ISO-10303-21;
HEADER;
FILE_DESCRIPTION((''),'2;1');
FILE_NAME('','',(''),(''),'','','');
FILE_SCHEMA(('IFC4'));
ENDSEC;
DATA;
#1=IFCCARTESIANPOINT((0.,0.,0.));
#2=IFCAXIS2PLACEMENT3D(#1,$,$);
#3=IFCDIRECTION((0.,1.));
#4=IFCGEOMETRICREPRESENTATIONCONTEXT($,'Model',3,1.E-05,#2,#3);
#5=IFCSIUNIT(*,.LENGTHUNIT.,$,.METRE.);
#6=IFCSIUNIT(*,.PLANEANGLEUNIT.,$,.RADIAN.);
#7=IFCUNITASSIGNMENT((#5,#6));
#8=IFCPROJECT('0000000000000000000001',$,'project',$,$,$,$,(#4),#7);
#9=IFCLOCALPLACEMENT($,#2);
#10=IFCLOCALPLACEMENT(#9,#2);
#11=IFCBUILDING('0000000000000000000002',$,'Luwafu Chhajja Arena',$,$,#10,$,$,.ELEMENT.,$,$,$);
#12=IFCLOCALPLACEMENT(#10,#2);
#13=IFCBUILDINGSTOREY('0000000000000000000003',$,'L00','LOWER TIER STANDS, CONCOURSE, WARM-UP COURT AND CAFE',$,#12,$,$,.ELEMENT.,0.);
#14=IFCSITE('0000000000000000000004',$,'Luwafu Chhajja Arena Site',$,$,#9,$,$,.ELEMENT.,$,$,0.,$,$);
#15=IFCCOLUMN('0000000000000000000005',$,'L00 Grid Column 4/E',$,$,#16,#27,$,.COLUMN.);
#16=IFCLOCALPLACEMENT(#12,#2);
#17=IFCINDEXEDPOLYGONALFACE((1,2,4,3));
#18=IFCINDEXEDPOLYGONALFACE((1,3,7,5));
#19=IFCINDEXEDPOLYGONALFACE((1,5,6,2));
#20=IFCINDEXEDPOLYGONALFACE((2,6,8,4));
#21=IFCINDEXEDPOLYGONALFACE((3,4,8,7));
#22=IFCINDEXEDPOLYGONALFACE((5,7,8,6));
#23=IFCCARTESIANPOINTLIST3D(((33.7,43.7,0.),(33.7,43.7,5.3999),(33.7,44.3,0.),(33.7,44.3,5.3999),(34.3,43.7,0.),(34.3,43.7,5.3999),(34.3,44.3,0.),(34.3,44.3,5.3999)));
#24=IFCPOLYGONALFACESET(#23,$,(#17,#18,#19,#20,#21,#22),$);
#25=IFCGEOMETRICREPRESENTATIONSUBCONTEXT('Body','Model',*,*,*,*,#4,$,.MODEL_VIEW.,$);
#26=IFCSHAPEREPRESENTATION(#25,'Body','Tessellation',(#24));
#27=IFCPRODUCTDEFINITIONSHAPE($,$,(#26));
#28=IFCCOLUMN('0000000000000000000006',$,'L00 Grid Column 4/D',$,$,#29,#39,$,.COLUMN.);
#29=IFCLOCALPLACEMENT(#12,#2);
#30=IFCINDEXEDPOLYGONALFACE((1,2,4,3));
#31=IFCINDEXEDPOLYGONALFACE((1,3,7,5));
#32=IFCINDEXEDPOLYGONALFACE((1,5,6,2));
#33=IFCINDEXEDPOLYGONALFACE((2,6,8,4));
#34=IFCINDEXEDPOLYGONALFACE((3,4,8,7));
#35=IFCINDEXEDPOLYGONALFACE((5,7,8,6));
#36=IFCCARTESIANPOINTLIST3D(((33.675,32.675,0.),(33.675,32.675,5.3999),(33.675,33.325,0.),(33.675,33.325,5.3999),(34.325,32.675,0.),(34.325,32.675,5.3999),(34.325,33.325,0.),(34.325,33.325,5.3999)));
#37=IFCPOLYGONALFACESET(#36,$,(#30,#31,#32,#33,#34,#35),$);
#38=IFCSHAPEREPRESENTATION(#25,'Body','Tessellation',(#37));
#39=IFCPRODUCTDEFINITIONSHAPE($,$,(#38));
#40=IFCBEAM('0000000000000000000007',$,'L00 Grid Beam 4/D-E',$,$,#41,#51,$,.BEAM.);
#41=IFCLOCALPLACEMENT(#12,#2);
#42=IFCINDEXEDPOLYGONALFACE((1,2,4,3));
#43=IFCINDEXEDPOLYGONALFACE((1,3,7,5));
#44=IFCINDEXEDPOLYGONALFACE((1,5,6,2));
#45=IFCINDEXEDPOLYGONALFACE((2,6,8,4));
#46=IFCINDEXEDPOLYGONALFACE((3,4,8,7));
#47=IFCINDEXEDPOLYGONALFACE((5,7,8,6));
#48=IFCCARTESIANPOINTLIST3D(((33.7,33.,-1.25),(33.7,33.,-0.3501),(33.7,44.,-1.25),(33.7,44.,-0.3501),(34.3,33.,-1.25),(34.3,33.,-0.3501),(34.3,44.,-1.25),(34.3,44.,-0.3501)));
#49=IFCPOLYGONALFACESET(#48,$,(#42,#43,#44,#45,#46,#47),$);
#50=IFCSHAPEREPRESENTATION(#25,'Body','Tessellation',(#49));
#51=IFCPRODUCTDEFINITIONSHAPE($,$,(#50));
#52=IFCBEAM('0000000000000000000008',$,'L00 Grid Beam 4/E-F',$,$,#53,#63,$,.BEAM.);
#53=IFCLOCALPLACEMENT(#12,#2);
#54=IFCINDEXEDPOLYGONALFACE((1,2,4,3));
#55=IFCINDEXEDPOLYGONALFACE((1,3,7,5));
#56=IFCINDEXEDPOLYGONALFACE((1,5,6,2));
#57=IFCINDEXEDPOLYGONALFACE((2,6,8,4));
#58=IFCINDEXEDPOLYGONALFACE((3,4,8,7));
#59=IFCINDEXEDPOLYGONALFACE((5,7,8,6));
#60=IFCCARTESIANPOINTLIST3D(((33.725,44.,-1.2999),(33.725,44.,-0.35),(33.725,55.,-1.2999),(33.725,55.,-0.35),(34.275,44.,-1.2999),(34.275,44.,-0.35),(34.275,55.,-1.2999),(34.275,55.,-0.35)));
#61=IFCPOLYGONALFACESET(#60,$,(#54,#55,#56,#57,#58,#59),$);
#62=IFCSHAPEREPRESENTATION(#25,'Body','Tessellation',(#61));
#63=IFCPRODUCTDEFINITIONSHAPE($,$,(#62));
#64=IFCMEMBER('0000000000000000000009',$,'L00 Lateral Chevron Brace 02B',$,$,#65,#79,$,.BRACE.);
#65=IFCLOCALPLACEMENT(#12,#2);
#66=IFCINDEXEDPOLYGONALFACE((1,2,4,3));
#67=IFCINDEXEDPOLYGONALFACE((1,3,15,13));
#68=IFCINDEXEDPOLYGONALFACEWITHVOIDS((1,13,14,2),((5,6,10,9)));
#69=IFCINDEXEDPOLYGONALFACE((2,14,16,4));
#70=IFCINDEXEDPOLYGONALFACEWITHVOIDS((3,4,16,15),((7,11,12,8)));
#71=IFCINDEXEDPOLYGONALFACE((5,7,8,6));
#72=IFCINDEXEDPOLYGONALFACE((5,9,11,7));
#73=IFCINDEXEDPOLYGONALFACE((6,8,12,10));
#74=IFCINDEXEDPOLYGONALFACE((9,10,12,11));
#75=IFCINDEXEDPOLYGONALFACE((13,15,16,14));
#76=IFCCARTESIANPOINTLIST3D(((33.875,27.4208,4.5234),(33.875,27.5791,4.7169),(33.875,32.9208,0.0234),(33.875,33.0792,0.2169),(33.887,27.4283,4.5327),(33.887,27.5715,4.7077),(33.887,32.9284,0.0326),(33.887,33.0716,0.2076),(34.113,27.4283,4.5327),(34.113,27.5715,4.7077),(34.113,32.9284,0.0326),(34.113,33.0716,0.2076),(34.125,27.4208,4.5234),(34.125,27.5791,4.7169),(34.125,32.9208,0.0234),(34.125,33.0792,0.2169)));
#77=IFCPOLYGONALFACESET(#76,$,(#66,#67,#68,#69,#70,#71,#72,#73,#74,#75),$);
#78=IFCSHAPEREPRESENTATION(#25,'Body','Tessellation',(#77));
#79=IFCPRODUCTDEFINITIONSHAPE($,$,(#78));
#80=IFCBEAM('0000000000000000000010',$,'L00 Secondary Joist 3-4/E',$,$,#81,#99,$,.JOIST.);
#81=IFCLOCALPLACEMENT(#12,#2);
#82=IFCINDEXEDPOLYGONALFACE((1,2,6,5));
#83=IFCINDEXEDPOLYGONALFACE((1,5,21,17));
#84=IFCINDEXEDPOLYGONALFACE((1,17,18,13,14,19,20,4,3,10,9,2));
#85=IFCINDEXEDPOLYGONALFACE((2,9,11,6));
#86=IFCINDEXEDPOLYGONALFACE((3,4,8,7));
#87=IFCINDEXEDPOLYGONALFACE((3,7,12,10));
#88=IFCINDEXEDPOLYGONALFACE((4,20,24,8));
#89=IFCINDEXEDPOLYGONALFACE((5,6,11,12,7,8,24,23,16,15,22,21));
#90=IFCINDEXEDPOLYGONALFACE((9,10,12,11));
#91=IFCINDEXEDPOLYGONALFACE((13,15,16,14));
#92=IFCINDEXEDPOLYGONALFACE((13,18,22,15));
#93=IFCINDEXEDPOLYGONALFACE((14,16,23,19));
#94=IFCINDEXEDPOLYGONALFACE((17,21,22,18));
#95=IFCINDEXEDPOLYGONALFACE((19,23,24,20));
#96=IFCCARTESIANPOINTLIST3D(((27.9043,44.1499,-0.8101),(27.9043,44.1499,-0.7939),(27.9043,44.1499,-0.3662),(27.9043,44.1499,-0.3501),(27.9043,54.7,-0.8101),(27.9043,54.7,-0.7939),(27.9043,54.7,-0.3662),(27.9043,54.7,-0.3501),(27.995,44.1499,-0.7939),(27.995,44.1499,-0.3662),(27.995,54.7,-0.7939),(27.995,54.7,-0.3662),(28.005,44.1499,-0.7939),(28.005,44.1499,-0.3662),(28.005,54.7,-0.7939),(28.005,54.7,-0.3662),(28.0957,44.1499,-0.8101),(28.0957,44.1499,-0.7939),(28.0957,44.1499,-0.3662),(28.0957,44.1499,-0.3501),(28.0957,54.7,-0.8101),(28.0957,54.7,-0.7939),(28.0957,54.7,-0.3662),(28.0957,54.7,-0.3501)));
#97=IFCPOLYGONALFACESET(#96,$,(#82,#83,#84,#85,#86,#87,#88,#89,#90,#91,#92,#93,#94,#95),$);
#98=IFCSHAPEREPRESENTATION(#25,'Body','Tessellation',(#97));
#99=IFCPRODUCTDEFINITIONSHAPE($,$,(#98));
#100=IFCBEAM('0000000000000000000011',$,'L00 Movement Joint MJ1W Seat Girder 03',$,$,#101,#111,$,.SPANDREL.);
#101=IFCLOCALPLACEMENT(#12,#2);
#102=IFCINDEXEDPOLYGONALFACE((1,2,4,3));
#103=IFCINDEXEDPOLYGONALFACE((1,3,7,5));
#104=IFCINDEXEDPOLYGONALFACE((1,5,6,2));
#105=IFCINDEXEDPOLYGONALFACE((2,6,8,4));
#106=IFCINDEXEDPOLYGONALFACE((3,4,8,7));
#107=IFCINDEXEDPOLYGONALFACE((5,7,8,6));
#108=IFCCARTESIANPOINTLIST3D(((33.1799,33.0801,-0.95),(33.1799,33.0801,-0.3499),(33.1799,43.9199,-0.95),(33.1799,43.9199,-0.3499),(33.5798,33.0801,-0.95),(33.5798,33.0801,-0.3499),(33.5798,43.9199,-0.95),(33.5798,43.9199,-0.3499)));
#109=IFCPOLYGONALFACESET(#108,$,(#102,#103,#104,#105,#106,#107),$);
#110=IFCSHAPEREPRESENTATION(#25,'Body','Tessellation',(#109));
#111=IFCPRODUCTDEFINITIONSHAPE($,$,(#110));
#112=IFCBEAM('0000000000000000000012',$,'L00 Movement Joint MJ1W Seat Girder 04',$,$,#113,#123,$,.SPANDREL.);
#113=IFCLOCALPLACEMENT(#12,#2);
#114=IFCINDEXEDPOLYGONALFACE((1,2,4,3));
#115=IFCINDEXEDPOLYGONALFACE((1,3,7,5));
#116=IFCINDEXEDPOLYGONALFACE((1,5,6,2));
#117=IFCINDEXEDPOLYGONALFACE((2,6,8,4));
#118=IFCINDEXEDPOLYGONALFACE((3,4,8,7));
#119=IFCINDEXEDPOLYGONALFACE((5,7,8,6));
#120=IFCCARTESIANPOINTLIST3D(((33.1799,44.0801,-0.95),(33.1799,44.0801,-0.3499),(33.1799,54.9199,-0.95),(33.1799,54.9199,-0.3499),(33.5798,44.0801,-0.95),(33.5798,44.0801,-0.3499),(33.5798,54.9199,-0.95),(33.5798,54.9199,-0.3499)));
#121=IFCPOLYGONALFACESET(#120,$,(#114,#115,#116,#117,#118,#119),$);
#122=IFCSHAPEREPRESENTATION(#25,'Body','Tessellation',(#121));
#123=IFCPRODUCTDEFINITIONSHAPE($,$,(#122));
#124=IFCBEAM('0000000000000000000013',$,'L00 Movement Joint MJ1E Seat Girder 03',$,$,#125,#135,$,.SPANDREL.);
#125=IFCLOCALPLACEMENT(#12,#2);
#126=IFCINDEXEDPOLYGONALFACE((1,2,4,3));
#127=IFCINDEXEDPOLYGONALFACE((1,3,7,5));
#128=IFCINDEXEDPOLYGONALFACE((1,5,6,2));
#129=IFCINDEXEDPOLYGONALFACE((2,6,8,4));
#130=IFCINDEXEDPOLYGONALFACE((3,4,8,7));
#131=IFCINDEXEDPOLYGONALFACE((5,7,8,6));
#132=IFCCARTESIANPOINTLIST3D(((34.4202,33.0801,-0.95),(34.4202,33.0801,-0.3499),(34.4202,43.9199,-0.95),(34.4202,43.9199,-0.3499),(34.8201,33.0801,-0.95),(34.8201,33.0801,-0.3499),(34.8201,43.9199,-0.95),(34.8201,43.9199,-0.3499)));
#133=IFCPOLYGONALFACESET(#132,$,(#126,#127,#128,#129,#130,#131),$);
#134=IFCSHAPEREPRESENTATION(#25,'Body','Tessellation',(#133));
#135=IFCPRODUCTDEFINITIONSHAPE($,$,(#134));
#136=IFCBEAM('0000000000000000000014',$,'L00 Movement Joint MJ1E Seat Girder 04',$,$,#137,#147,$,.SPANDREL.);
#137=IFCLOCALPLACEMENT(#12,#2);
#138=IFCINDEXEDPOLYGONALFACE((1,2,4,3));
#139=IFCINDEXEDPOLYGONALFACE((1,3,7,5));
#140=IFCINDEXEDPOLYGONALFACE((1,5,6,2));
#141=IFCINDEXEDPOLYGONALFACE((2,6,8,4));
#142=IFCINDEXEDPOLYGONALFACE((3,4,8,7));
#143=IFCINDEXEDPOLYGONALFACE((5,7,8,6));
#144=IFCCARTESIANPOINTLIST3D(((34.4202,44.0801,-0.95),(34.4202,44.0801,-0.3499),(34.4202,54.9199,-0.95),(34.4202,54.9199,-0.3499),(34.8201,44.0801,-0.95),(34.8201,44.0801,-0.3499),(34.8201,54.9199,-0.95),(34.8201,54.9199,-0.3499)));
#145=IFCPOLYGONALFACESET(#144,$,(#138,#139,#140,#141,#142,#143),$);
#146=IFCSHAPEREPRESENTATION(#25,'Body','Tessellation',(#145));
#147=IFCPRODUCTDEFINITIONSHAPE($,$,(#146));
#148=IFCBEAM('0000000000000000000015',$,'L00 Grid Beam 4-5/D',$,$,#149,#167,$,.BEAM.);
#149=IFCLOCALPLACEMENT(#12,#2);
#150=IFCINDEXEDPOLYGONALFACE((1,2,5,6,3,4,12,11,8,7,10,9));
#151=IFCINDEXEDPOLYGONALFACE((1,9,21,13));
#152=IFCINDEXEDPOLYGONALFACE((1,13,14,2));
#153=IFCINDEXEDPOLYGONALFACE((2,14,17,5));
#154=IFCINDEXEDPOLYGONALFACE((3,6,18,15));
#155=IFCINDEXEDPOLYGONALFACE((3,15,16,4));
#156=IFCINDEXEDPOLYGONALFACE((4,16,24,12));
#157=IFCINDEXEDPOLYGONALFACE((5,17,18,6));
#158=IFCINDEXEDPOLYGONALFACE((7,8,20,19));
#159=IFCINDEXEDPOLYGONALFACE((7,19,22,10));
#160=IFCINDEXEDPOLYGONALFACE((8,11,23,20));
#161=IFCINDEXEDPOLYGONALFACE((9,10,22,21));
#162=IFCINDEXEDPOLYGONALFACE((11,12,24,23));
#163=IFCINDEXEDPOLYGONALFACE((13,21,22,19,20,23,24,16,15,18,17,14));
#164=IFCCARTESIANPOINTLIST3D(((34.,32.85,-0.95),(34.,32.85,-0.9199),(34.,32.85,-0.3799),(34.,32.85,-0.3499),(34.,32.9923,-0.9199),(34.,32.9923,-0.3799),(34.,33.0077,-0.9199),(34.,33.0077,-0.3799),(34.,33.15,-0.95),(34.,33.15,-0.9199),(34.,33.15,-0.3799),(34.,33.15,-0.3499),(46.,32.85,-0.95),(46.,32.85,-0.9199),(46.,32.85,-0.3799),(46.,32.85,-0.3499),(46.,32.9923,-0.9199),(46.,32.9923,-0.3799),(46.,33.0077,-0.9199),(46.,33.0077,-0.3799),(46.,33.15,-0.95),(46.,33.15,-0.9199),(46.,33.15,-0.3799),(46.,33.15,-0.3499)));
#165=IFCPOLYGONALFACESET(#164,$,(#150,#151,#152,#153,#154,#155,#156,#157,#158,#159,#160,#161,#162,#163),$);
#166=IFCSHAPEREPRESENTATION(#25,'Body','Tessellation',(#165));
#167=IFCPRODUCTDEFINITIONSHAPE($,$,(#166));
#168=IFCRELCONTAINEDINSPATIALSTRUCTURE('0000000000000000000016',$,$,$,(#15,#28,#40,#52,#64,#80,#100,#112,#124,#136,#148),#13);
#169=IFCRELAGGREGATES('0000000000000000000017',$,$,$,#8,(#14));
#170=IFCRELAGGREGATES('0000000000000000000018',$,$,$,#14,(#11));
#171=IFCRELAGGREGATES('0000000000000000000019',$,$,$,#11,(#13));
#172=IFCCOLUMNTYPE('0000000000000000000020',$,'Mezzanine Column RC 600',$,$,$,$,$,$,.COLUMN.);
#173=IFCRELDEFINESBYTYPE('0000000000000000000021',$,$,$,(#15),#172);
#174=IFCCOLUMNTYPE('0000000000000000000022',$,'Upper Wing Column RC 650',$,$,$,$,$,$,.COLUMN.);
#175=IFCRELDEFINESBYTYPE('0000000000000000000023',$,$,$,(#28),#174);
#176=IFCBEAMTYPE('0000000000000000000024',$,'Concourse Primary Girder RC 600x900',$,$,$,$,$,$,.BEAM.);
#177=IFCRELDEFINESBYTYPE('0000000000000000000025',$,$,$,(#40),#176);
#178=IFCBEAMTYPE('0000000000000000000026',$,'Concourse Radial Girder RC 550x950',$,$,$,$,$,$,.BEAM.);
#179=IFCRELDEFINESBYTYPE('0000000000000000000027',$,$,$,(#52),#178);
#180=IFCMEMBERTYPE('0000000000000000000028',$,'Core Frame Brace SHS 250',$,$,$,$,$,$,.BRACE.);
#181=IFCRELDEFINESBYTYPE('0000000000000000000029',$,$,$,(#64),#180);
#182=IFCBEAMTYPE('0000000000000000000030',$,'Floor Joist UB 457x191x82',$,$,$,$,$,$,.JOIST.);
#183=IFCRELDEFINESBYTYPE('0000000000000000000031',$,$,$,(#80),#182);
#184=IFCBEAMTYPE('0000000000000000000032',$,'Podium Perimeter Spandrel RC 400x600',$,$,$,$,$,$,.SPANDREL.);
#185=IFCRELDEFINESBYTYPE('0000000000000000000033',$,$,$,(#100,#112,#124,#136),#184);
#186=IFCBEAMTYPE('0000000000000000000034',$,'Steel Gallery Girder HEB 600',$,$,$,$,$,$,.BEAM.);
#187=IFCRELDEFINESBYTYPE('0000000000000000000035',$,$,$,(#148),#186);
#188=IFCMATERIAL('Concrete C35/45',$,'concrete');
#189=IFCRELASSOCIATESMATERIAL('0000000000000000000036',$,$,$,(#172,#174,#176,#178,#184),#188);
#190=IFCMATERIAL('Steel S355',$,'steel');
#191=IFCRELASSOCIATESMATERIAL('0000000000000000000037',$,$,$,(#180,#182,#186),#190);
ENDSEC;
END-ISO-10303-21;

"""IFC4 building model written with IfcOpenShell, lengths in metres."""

from ifc_helpers import new_model, si_unit, direction, frame, origin, origin_2d, place, context, subcontext, project, spatial, rectangle, hollow_rectangle, i_section, extrude, material, material_profile, profile_set, type_object, element, save


model = new_model("IFC4")

# Units and contexts
model_context = context("Model", 3, precision=1e-05, world=origin(), true_north=direction((0.0, 1.0)))
body_context = subcontext(model_context, "Body", "Model", "MODEL_VIEW")
ifc_project = project(units=[si_unit("LENGTHUNIT", "METRE"), si_unit("PLANEANGLEUNIT", "RADIAN")], contexts=[model_context])

# Site, building, storey
site_placement = place(None, origin())
site = spatial("IfcSite", under=ifc_project, at=site_placement, Name="Luwafu Chhajja Arena Site", CompositionType="ELEMENT", RefElevation=0.0)
building_placement = place(site_placement, origin())
building = spatial("IfcBuilding", under=site, at=building_placement, Name="Luwafu Chhajja Arena", CompositionType="ELEMENT")
storey_placement = place(building_placement, origin())
storey = spatial("IfcBuildingStorey", under=building, at=storey_placement, Name="L00", Description="LOWER TIER STANDS, CONCOURSE, WARM-UP COURT AND CAFE", CompositionType="ELEMENT", Elevation=0.0)

# Columns
ifc_material_1 = material(Name="Concrete C35/45", Category="concrete")
ifc_material_profile_1 = material_profile(ifc_material_1, rectangle(XDim=0.6001, YDim=0.6001, at=origin_2d()), Name="RC 600x600")
ifc_profile_set_1 = profile_set([ifc_material_profile_1], Name="Concrete C35/45")
column_type_1 = type_object("IfcColumnType", Name="Mezzanine Column RC 600", PredefinedType="COLUMN", material=ifc_profile_set_1)
column_1_placement = place(storey_placement, frame((34.0, 44.0, 0.0), z_axis=(0.0, 0.0, 1.0), x_axis=(1.0, 0.0, 0.0)))
element("IfcColumn", 1, at=column_1_placement, inside=storey, type_object=column_type_1, Name="L00 Grid Column 4/E", PredefinedType="COLUMN", context=body_context, shape_type="SweptSolid", body=[
    extrude(rectangle(XDim=0.6001, YDim=0.6001, at=origin_2d()), origin(), (0.0, 0.0, 1.0), 5.3999),
])
ifc_material_profile_2 = material_profile(ifc_material_1, rectangle(XDim=0.6499, YDim=0.6499, at=origin_2d()), Name="RC 650x650")
ifc_profile_set_2 = profile_set([ifc_material_profile_2], Name="Concrete C35/45")
column_type_2 = type_object("IfcColumnType", Name="Upper Wing Column RC 650", PredefinedType="COLUMN", material=ifc_profile_set_2)
column_2_placement = place(storey_placement, frame((34.0, 33.0, 0.0), z_axis=(0.0, 0.0, 1.0), x_axis=(1.0, 0.0, 0.0)))
element("IfcColumn", 2, at=column_2_placement, inside=storey, type_object=column_type_2, Name="L00 Grid Column 4/D", PredefinedType="COLUMN", context=body_context, shape_type="SweptSolid", body=[
    extrude(rectangle(XDim=0.6499, YDim=0.6499, at=origin_2d()), origin(), (0.0, 0.0, 1.0), 5.3999),
])

# Beams
ifc_material_profile_3 = material_profile(ifc_material_1, rectangle(XDim=0.6001, YDim=0.8999, at=origin_2d()), Name="RC 600x900")
ifc_profile_set_3 = profile_set([ifc_material_profile_3], Name="Concrete C35/45")
beam_type_1 = type_object("IfcBeamType", Name="Concourse Primary Girder RC 600x900", PredefinedType="BEAM", material=ifc_profile_set_3)
beam_1_placement = place(storey_placement, frame((34.0, 33.0, -0.8), z_axis=(0.0, 1.0, 0.0), x_axis=(-1.0, 0.0, 0.0)))
element("IfcBeam", 3, at=beam_1_placement, inside=storey, type_object=beam_type_1, Name="L00 Grid Beam 4/D-E", PredefinedType="BEAM", context=body_context, shape_type="SweptSolid", body=[
    extrude(rectangle(XDim=0.6001, YDim=0.8999, at=origin_2d()), origin(), (0.0, 0.0, 1.0), 11.0),
])
ifc_material_profile_4 = material_profile(ifc_material_1, rectangle(XDim=0.55, YDim=0.95, at=origin_2d()), Name="RC 550x950")
ifc_profile_set_4 = profile_set([ifc_material_profile_4], Name="Concrete C35/45")
beam_type_2 = type_object("IfcBeamType", Name="Concourse Radial Girder RC 550x950", PredefinedType="BEAM", material=ifc_profile_set_4)
beam_2_placement = place(storey_placement, frame((34.0, 44.0, -0.825), z_axis=(0.0, 1.0, 0.0), x_axis=(-1.0, 0.0, 0.0)))
element("IfcBeam", 4, at=beam_2_placement, inside=storey, type_object=beam_type_2, Name="L00 Grid Beam 4/E-F", PredefinedType="BEAM", context=body_context, shape_type="SweptSolid", body=[
    extrude(rectangle(XDim=0.55, YDim=0.95, at=origin_2d()), origin(), (0.0, 0.0, 1.0), 11.0),
])

# Member
ifc_material_2 = material(Name="Steel S355", Category="steel")
ifc_material_profile_5 = material_profile(ifc_material_2, hollow_rectangle(XDim=0.25, YDim=0.25, WallThickness=0.012, at=origin_2d()), Name="SHS 250x250x12")
ifc_profile_set_5 = profile_set([ifc_material_profile_5], Name="Steel S355")
member_type = type_object("IfcMemberType", Name="Core Frame Brace SHS 250", PredefinedType="BRACE", material=ifc_profile_set_5)
member_placement = place(storey_placement, frame((34.0, 33.0, 0.1201), z_axis=(0.0, -0.773957, 0.633238), x_axis=(1.0, 0.0, 0.0)))
element("IfcMember", 5, at=member_placement, inside=storey, type_object=member_type, Name="L00 Lateral Chevron Brace 02B", PredefinedType="BRACE", context=body_context, shape_type="SweptSolid", body=[
    extrude(hollow_rectangle(XDim=0.25, YDim=0.25, WallThickness=0.012, at=origin_2d()), origin(), (0.0, 0.0, 1.0), 7.1064),
])

# Beams
ifc_material_profile_6 = material_profile(ifc_material_2, i_section(OverallWidth=0.1914, OverallDepth=0.46, WebThickness=0.01, FlangeThickness=0.0161, at=origin_2d()), Name="UB 457x191x82")
ifc_profile_set_6 = profile_set([ifc_material_profile_6], Name="Steel S355")
beam_type_3 = type_object("IfcBeamType", Name="Floor Joist UB 457x191x82", PredefinedType="JOIST", material=ifc_profile_set_6)
beam_3_placement = place(storey_placement, frame((28.0, 44.1499, -0.5801), z_axis=(0.0, 1.0, 0.0), x_axis=(-1.0, 0.0, 0.0)))
element("IfcBeam", 6, at=beam_3_placement, inside=storey, type_object=beam_type_3, Name="L00 Secondary Joist 3-4/E", PredefinedType="JOIST", context=body_context, shape_type="SweptSolid", body=[
    extrude(i_section(OverallWidth=0.1914, OverallDepth=0.46, WebThickness=0.01, FlangeThickness=0.0161, at=origin_2d()), origin(), (0.0, 0.0, 1.0), 10.55),
])
ifc_material_profile_7 = material_profile(ifc_material_1, rectangle(XDim=0.3999, YDim=0.6001, at=origin_2d()), Name="RC 400x600")
ifc_profile_set_7 = profile_set([ifc_material_profile_7], Name="Concrete C35/45")
beam_type_4 = type_object("IfcBeamType", Name="Podium Perimeter Spandrel RC 400x600", PredefinedType="SPANDREL", material=ifc_profile_set_7)
for number, where, z_axis, x_axis, name in (
    (7, (33.3799, 33.0801, -0.6499), (0.0, 1.0, 0.0), (-1.0, 0.0, 0.0), "L00 Movement Joint MJ1W Seat Girder 03"),
    (8, (33.3799, 44.0801, -0.6499), (0.0, 1.0, 0.0), (-1.0, 0.0, 0.0), "L00 Movement Joint MJ1W Seat Girder 04"),
    (9, (34.6201, 33.0801, -0.6499), (0.0, 1.0, 0.0), (-1.0, 0.0, 0.0), "L00 Movement Joint MJ1E Seat Girder 03"),
    (10, (34.6201, 44.0801, -0.6499), (0.0, 1.0, 0.0), (-1.0, 0.0, 0.0), "L00 Movement Joint MJ1E Seat Girder 04"),
):
    element("IfcBeam", number, at=place(storey_placement, frame(where, z_axis=z_axis, x_axis=x_axis)), inside=storey, type_object=beam_type_4, Name=name, PredefinedType="SPANDREL", context=body_context, shape_type="SweptSolid", body=[
        extrude(rectangle(XDim=0.3999, YDim=0.6001, at=origin_2d()), origin(), (0.0, 0.0, 1.0), 10.8398),
    ])
ifc_material_profile_8 = material_profile(ifc_material_2, i_section(OverallWidth=0.3, OverallDepth=0.6001, WebThickness=0.0154, FlangeThickness=0.03, at=origin_2d()), Name="HEB 600")
ifc_profile_set_8 = profile_set([ifc_material_profile_8], Name="Steel S355")
beam_type_5 = type_object("IfcBeamType", Name="Steel Gallery Girder HEB 600", PredefinedType="BEAM", material=ifc_profile_set_8)
beam_4_placement = place(storey_placement, frame((34.0, 33.0, -0.6499), z_axis=(1.0, 0.0, 0.0), x_axis=(0.0, 1.0, 0.0)))
element("IfcBeam", 11, at=beam_4_placement, inside=storey, type_object=beam_type_5, Name="L00 Grid Beam 4-5/D", PredefinedType="BEAM", context=body_context, shape_type="SweptSolid", body=[
    extrude(i_section(OverallWidth=0.3, OverallDepth=0.6001, WebThickness=0.0154, FlangeThickness=0.03, at=origin_2d()), origin(), (0.0, 0.0, 1.0), 12.0),
])

save(model, "model.ifc")
